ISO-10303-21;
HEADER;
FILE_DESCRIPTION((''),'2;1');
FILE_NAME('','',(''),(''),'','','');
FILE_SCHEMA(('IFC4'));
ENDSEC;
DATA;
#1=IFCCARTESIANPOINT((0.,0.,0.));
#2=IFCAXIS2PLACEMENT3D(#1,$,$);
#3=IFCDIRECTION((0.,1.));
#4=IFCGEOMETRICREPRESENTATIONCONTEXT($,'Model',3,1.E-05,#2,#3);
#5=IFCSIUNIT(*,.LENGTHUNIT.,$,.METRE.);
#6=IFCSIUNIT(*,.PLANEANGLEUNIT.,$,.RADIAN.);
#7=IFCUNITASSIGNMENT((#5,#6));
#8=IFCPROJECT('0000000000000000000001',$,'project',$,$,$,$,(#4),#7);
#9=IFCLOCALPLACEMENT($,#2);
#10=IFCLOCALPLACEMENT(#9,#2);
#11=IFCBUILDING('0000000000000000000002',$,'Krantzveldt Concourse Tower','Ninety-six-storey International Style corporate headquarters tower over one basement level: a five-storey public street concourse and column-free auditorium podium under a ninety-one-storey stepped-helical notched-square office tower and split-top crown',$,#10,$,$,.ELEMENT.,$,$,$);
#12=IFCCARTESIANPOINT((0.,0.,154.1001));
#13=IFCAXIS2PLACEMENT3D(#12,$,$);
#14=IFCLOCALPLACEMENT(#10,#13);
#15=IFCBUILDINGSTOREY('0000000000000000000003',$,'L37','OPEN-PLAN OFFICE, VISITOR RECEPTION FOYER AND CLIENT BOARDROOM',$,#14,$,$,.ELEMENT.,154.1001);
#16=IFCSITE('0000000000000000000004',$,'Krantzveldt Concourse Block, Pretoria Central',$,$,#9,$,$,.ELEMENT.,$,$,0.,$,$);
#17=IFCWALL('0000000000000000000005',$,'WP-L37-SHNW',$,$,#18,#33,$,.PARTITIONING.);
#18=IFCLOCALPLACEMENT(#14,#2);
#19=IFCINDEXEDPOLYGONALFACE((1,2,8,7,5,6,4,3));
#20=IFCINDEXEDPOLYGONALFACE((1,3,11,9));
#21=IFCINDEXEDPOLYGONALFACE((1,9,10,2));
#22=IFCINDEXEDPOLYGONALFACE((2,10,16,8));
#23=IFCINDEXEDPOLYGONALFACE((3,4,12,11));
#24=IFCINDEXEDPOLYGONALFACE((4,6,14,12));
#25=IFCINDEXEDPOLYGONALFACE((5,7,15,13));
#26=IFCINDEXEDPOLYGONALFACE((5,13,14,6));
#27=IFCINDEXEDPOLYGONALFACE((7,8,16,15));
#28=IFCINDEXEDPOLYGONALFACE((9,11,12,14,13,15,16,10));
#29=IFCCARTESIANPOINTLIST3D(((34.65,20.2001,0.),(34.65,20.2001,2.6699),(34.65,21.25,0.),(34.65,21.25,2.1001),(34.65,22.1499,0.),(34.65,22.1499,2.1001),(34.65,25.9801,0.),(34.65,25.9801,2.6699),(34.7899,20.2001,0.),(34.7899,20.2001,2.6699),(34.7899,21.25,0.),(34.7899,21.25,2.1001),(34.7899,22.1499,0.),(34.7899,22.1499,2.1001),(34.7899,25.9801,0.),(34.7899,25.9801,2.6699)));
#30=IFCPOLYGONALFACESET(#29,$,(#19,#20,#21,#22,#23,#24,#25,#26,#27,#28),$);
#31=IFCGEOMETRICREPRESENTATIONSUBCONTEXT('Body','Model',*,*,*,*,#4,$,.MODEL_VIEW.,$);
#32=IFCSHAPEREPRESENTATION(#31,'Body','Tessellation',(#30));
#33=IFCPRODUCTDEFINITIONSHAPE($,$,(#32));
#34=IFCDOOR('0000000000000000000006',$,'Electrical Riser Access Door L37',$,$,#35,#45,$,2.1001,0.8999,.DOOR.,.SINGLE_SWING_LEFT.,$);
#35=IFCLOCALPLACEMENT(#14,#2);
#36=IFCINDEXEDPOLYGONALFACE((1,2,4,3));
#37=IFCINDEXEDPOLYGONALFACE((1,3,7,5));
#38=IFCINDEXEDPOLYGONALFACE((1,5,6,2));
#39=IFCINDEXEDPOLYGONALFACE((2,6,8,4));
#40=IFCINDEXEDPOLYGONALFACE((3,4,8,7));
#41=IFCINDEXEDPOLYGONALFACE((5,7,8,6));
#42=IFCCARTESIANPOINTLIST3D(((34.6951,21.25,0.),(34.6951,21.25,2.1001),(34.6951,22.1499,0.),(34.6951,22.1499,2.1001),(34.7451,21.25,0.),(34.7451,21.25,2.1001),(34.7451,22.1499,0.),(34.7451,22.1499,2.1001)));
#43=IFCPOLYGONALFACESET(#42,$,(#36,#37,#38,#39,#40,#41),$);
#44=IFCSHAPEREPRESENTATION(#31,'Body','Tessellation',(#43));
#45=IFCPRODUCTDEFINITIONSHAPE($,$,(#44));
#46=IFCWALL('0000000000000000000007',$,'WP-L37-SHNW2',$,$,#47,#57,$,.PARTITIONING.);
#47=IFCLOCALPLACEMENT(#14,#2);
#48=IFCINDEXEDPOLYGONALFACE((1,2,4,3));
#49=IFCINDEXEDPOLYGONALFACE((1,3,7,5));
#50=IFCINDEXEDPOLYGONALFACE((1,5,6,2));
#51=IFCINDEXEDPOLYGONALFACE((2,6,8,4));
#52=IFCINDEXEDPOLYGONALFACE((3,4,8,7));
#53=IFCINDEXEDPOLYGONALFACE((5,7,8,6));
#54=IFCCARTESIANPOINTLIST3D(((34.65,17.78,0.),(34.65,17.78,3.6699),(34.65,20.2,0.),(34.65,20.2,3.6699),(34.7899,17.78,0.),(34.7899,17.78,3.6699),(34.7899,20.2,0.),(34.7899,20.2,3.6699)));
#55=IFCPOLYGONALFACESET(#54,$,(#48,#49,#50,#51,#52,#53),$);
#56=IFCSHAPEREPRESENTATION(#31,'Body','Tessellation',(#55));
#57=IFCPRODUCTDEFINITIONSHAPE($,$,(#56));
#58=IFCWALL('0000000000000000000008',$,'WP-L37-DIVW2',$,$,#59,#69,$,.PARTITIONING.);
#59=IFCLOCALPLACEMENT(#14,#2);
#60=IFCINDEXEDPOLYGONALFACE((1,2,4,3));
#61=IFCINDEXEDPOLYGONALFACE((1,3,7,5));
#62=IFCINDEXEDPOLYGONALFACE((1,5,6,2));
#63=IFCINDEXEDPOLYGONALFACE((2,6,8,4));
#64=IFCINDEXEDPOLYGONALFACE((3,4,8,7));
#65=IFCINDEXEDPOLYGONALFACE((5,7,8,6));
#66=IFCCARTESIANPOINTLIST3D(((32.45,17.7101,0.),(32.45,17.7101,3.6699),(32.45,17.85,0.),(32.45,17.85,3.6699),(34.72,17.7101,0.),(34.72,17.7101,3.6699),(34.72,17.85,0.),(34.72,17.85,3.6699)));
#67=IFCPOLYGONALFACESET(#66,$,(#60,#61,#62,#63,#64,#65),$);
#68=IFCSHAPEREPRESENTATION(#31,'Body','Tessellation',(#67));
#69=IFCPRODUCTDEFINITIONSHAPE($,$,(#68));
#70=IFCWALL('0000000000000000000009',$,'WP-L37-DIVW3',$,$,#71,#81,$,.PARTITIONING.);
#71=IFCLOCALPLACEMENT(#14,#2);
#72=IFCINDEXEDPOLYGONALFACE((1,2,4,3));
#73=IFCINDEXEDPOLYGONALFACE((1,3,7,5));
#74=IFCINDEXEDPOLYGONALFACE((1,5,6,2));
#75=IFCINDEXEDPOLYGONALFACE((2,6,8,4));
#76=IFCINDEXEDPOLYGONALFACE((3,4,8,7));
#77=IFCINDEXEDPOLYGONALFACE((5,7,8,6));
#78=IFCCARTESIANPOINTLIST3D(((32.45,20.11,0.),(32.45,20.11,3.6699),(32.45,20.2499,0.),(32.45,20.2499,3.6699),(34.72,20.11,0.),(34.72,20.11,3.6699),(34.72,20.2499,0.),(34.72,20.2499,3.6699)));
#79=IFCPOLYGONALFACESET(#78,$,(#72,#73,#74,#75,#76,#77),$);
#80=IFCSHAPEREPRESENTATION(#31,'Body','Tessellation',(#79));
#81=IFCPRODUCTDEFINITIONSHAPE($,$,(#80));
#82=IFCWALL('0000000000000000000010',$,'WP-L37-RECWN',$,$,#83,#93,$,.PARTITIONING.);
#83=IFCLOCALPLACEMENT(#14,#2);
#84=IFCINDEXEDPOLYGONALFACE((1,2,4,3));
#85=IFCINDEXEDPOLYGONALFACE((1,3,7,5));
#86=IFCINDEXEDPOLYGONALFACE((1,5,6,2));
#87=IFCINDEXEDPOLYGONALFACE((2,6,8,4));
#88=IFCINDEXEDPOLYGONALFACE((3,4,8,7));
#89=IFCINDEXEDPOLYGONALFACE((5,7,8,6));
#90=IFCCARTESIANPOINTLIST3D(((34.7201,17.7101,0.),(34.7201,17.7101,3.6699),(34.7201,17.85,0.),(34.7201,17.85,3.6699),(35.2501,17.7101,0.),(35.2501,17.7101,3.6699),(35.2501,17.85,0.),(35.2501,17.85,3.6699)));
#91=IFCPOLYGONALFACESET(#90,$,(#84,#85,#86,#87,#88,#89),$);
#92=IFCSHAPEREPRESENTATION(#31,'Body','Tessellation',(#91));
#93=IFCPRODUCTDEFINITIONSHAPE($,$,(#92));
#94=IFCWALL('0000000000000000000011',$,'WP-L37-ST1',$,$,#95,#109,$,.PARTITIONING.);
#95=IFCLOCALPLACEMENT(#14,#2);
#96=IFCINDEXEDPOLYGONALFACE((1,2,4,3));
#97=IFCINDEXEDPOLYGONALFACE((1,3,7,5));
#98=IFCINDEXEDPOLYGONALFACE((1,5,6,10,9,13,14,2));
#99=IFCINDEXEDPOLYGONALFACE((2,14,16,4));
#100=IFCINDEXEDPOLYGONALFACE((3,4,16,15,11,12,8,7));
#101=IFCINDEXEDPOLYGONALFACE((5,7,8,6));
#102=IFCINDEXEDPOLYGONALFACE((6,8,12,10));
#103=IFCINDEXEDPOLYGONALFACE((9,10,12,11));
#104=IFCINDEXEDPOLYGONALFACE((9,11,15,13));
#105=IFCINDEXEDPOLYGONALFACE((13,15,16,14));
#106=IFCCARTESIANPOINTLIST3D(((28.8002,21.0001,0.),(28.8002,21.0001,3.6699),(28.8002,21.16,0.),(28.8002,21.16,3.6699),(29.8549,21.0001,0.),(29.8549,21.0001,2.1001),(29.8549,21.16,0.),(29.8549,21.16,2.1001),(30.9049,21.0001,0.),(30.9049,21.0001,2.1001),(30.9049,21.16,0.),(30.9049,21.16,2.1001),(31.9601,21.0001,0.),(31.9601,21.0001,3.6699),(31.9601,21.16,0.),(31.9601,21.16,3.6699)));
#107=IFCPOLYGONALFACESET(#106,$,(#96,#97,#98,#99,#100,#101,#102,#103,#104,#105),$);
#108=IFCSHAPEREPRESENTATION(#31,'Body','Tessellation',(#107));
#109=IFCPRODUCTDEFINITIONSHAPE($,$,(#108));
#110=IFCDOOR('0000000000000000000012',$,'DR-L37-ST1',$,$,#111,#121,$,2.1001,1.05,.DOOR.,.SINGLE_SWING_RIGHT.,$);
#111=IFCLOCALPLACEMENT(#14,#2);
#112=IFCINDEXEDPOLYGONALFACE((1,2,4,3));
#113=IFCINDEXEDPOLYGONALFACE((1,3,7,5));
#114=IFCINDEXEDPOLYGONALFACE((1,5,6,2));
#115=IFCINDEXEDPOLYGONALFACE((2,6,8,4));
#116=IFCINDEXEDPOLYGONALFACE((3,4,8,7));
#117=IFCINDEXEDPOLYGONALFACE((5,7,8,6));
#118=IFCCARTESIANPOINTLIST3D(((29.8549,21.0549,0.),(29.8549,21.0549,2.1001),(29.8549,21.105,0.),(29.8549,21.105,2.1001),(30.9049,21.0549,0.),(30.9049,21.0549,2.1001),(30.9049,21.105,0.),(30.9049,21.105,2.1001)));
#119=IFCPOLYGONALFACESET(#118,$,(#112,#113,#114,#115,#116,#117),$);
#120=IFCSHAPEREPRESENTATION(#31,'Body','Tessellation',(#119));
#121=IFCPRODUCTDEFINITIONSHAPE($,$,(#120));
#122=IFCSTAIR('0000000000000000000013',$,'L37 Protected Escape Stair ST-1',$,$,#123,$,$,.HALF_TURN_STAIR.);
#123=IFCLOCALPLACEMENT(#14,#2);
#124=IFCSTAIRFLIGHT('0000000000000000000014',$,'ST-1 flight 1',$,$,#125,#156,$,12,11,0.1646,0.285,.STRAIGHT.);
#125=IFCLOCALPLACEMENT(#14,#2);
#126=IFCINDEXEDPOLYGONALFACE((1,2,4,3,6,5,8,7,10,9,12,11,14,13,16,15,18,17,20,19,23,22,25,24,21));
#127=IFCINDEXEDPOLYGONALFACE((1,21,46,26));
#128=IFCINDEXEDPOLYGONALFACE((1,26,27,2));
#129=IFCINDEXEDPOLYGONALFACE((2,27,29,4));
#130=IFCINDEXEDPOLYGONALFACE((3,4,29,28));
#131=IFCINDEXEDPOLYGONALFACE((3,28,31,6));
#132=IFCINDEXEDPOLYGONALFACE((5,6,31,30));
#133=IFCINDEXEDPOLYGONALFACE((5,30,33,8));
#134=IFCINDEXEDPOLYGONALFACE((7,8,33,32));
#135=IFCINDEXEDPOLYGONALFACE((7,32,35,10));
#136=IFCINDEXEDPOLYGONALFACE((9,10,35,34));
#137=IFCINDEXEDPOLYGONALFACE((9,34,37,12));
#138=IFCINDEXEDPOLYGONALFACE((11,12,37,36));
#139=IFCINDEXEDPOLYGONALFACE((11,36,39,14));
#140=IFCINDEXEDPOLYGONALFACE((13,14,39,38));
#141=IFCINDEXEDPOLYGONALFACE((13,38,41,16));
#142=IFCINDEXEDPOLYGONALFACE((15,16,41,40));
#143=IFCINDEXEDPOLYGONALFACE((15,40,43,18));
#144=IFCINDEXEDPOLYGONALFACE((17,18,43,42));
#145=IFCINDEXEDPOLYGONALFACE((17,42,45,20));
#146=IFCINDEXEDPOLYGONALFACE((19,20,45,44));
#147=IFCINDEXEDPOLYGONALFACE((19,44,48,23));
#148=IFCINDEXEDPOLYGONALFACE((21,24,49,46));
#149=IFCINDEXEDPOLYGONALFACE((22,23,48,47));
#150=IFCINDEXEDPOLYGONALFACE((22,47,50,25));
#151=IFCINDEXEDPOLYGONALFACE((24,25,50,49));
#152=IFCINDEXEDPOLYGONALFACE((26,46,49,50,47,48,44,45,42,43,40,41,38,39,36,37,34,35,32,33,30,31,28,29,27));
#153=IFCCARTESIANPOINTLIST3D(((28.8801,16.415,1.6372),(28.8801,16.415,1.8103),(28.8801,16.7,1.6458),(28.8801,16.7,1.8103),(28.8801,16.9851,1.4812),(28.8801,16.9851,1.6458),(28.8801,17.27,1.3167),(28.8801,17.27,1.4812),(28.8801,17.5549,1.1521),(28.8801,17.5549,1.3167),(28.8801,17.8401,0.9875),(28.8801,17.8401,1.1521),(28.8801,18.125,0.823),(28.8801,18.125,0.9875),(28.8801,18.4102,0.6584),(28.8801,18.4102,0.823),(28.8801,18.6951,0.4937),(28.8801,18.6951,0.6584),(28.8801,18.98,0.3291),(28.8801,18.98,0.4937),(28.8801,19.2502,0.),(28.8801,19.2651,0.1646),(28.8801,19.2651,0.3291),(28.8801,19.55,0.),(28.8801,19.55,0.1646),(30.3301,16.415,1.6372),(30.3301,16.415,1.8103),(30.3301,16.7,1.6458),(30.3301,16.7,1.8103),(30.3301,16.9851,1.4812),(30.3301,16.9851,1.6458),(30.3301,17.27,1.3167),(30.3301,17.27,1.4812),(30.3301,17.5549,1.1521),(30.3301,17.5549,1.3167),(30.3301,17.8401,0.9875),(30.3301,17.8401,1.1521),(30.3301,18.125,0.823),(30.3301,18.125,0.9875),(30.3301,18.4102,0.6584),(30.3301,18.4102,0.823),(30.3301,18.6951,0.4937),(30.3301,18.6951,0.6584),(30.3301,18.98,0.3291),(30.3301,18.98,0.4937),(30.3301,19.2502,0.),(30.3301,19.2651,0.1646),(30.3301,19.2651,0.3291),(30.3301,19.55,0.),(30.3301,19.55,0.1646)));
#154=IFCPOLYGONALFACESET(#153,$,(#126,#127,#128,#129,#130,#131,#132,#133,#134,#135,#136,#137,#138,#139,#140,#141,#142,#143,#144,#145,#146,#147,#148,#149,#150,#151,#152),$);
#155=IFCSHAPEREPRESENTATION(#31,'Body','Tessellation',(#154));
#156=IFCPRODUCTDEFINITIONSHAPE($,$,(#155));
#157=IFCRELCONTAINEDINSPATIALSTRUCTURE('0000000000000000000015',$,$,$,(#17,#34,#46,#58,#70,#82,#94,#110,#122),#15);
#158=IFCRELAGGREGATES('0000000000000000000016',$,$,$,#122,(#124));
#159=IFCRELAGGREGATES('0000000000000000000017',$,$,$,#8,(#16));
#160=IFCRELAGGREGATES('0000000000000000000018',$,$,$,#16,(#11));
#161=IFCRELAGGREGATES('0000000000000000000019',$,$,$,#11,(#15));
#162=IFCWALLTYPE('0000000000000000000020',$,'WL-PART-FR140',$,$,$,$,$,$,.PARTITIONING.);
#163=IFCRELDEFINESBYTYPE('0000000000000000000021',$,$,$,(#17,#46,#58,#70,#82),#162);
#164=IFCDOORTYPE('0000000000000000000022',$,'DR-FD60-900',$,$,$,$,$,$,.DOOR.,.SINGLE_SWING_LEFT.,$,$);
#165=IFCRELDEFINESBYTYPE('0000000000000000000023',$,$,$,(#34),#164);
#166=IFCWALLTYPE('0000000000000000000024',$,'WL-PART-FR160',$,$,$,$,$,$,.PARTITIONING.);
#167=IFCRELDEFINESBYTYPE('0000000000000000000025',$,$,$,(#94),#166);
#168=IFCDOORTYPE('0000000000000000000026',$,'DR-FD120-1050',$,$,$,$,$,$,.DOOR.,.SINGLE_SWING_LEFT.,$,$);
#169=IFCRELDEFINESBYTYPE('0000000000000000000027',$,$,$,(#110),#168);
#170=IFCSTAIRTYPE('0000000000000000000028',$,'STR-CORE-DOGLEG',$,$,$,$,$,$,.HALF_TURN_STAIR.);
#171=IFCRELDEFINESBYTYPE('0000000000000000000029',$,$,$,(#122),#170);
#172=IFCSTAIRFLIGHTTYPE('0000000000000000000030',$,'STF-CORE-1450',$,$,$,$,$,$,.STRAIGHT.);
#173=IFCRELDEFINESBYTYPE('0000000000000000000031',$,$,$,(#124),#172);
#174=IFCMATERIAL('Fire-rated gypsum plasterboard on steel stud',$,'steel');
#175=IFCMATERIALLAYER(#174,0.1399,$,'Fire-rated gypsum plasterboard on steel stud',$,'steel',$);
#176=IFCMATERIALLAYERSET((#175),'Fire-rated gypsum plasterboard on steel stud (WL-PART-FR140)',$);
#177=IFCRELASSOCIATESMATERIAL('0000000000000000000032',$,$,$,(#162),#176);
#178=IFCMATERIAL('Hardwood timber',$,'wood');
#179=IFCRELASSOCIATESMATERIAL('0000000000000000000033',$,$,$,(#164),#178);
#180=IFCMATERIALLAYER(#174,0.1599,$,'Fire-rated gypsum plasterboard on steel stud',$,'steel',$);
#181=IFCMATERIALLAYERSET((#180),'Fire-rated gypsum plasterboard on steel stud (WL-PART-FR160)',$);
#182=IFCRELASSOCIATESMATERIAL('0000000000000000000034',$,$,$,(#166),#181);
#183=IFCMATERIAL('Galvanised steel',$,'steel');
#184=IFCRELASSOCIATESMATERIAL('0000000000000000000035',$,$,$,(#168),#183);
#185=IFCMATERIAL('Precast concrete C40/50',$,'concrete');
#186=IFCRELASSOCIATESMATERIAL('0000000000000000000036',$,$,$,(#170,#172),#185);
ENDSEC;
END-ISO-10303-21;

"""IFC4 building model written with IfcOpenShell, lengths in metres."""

from ifc_helpers import new_model, si_unit, direction, frame, frame_2d, origin, place, context, subcontext, project, spatial, polyline, rectangle, outline, extrude, material, layer, layer_set, type_object, element, fill, aggregate, save


model = new_model("IFC4")

# Units and contexts
model_context = context("Model", 3, precision=1e-05, world=origin(), true_north=direction((0.0, 1.0)))
body_context = subcontext(model_context, "Body", "Model", "MODEL_VIEW")
ifc_project = project(units=[si_unit("LENGTHUNIT", "METRE"), si_unit("PLANEANGLEUNIT", "RADIAN")], contexts=[model_context])

# Site, building, storey
site_placement = place(None, origin())
site = spatial("IfcSite", under=ifc_project, at=site_placement, Name="Krantzveldt Concourse Block, Pretoria Central", CompositionType="ELEMENT", RefElevation=0.0)
building_placement = place(site_placement, origin())
building = spatial("IfcBuilding", under=site, at=building_placement, Name="Krantzveldt Concourse Tower", Description="Ninety-six-storey International Style corporate headquarters tower over one basement level: a five-storey public street concourse and column-free auditorium podium under a ninety-one-storey stepped-helical notched-square office tower and split-top crown", CompositionType="ELEMENT")
storey_placement = place(building_placement, frame((0.0, 0.0, 154.1001)))
storey = spatial("IfcBuildingStorey", under=building, at=storey_placement, Name="L37", Description="OPEN-PLAN OFFICE, VISITOR RECEPTION FOYER AND CLIENT BOARDROOM", CompositionType="ELEMENT", Elevation=154.1001)

# Wall, opening, door
ifc_material_1 = material(Name="Fire-rated gypsum plasterboard on steel stud", Category="steel")
ifc_layer_1 = layer(ifc_material_1, 0.1399, Name="Fire-rated gypsum plasterboard on steel stud", Category="steel")
ifc_layer_set_1 = layer_set([ifc_layer_1], Name="Fire-rated gypsum plasterboard on steel stud (WL-PART-FR140)")
wall_type_1 = type_object("IfcWallType", Name="WL-PART-FR140", PredefinedType="PARTITIONING", material=ifc_layer_set_1)
wall_1_placement = place(storey_placement, frame((34.72, 20.2, 0.0), z_axis=(0.0, 0.0, 1.0), x_axis=(0.0, 1.0, 0.0)))
wall_1 = element("IfcWall", 1, at=wall_1_placement, inside=storey, type_object=wall_type_1, Name="WP-L37-SHNW", PredefinedType="PARTITIONING", context=body_context, shape_type="SweptSolid", body=[
    extrude(rectangle(XDim=5.78, YDim=0.1399, at=frame_2d((2.8901, 0.0))), origin(), (0.0, 0.0, 1.0), 2.6699),
])
opening_1_placement = place(wall_1_placement, frame((1.05, 0.0, 0.0)))
opening_1 = element("IfcOpeningElement", 2, at=opening_1_placement, cuts=wall_1, PredefinedType="OPENING", context=body_context, shape_type="SweptSolid", body=[
    extrude(rectangle(XDim=0.8999, YDim=2.1001, at=frame_2d((0.45, 1.05))), frame((0.0, 0.0801, 0.0), z_axis=(0.0, -1.0, 0.0), x_axis=(1.0, 0.0, 0.0)), (0.0, 0.0, 1.0), 0.1599),
])
ifc_material_2 = material(Name="Hardwood timber", Category="wood")
door_type_1 = type_object("IfcDoorType", Name="DR-FD60-900", OperationType="SINGLE_SWING_LEFT", PredefinedType="DOOR", material=ifc_material_2)
door_1_placement = place(opening_1_placement, origin())
door_1 = element("IfcDoor", 3, at=door_1_placement, inside=storey, type_object=door_type_1, Name="Electrical Riser Access Door L37", OperationType="SINGLE_SWING_LEFT", OverallHeight=2.1001, OverallWidth=0.8999, PredefinedType="DOOR", context=body_context, shape_type="SweptSolid", body=[
    extrude(rectangle(XDim=0.8999, YDim=2.1001, at=frame_2d((0.45, 1.05))), frame((0.0, 0.0249, 0.0), z_axis=(0.0, -1.0, 0.0), x_axis=(1.0, 0.0, 0.0)), (0.0, 0.0, 1.0), 0.05),
])
fill(opening_1, door_1)

# Walls
wall_2_placement = place(storey_placement, frame((34.72, 17.78, 0.0), z_axis=(0.0, 0.0, 1.0), x_axis=(0.0, 1.0, 0.0)))
element("IfcWall", 4, at=wall_2_placement, inside=storey, type_object=wall_type_1, Name="WP-L37-SHNW2", PredefinedType="PARTITIONING", context=body_context, shape_type="SweptSolid", body=[
    extrude(rectangle(XDim=2.4199, YDim=0.1399, at=frame_2d((1.21, 0.0))), origin(), (0.0, 0.0, 1.0), 3.6699),
])
for number, where, z_axis, x_axis, name in (
    (5, (32.45, 17.78, 0.0), (0.0, 0.0, 1.0), (1.0, 0.0, 0.0), "WP-L37-DIVW2"),
    (6, (32.45, 20.1799, 0.0), (0.0, 0.0, 1.0), (1.0, 0.0, 0.0), "WP-L37-DIVW3"),
):
    element("IfcWall", number, at=place(storey_placement, frame(where, z_axis=z_axis, x_axis=x_axis)), inside=storey, type_object=wall_type_1, Name=name, PredefinedType="PARTITIONING", context=body_context, shape_type="SweptSolid", body=[
        extrude(rectangle(XDim=2.27, YDim=0.1399, at=frame_2d((1.135, 0.0))), origin(), (0.0, 0.0, 1.0), 3.6699),
    ])
wall_3_placement = place(storey_placement, frame((34.72, 17.78, 0.0), z_axis=(0.0, 0.0, 1.0), x_axis=(1.0, 0.0, 0.0)))
element("IfcWall", 7, at=wall_3_placement, inside=storey, type_object=wall_type_1, Name="WP-L37-RECWN", PredefinedType="PARTITIONING", context=body_context, shape_type="SweptSolid", body=[
    extrude(rectangle(XDim=0.53, YDim=0.1399, at=frame_2d((0.2651, 0.0))), origin(), (0.0, 0.0, 1.0), 3.6699),
])

# Wall, opening, door
ifc_layer_2 = layer(ifc_material_1, 0.1599, Name="Fire-rated gypsum plasterboard on steel stud", Category="steel")
ifc_layer_set_2 = layer_set([ifc_layer_2], Name="Fire-rated gypsum plasterboard on steel stud (WL-PART-FR160)")
wall_type_2 = type_object("IfcWallType", Name="WL-PART-FR160", PredefinedType="PARTITIONING", material=ifc_layer_set_2)
wall_4_placement = place(storey_placement, frame((28.8, 21.0801, 0.0), z_axis=(0.0, 0.0, 1.0), x_axis=(1.0, 0.0, 0.0)))
wall_4 = element("IfcWall", 8, at=wall_4_placement, inside=storey, type_object=wall_type_2, Name="WP-L37-ST1", PredefinedType="PARTITIONING", context=body_context, shape_type="SweptSolid", body=[
    extrude(rectangle(XDim=3.1599, YDim=0.1599, at=frame_2d((1.5801, 0.0))), origin(), (0.0, 0.0, 1.0), 3.6699),
])
opening_2_placement = place(wall_4_placement, frame((1.0549, 0.0, 0.0)))
opening_2 = element("IfcOpeningElement", 9, at=opening_2_placement, cuts=wall_4, PredefinedType="OPENING", context=body_context, shape_type="SweptSolid", body=[
    extrude(rectangle(XDim=1.05, YDim=2.1001, at=frame_2d((0.5249, 1.05))), frame((0.0, 0.0898, 0.0), z_axis=(0.0, -1.0, 0.0), x_axis=(1.0, 0.0, 0.0)), (0.0, 0.0, 1.0), 0.1799),
])
ifc_material_3 = material(Name="Galvanised steel", Category="steel")
door_type_2 = type_object("IfcDoorType", Name="DR-FD120-1050", OperationType="SINGLE_SWING_LEFT", PredefinedType="DOOR", material=ifc_material_3)
door_2_placement = place(opening_2_placement, origin())
door_2 = element("IfcDoor", 10, at=door_2_placement, inside=storey, type_object=door_type_2, Name="DR-L37-ST1", OperationType="SINGLE_SWING_RIGHT", OverallHeight=2.1001, OverallWidth=1.05, PredefinedType="DOOR", context=body_context, shape_type="SweptSolid", body=[
    extrude(rectangle(XDim=1.05, YDim=2.1001, at=frame_2d((0.5249, 1.05))), frame((0.0, 0.0249, 0.0), z_axis=(0.0, -1.0, 0.0), x_axis=(1.0, 0.0, 0.0)), (0.0, 0.0, 1.0), 0.05),
])
fill(opening_2, door_2)

# Stair, stair flight
ifc_material_4 = material(Name="Precast concrete C40/50", Category="concrete")
stair_type = type_object("IfcStairType", Name="STR-CORE-DOGLEG", PredefinedType="HALF_TURN_STAIR", material=ifc_material_4)
stair_placement = place(storey_placement, origin())
stair = element("IfcStair", 11, at=stair_placement, inside=storey, type_object=stair_type, Name="L37 Protected Escape Stair ST-1", PredefinedType="HALF_TURN_STAIR")
stair_flight_type = type_object("IfcStairFlightType", Name="STF-CORE-1450", PredefinedType="STRAIGHT", material=ifc_material_4)
stair_flight_1_placement = place(storey_placement, frame((29.605, 19.55, 0.0), z_axis=(0.0, 0.0, 1.0), x_axis=(0.0, -1.0, 0.0)))
stair_flight_1 = element("IfcStairFlight", 12, at=stair_flight_1_placement, type_object=stair_flight_type, Name="ST-1 flight 1", NumberOfRisers=12, NumberOfTreads=11, PredefinedType="STRAIGHT", RiserHeight=0.1646, TreadLength=0.285, context=body_context, shape_type="SweptSolid", body=[
    extrude(outline(polyline([(0.0, 0.0), (0.0, 0.1646), (0.2849, 0.1646), (0.2849, 0.3291), (0.5701, 0.3291), (0.5701, 0.4937), (0.855, 0.4937), (0.855, 0.6584), (1.1399, 0.6584), (1.1399, 0.823), (1.425, 0.823), (1.425, 0.9875), (1.71, 0.9875), (1.71, 1.1521), (1.9951, 1.1521), (1.9951, 1.3167), (2.28, 1.3167), (2.28, 1.4812), (2.5649, 1.4812), (2.5649, 1.6458), (2.8501, 1.6458), (2.8501, 1.8103), (3.135, 1.8103), (3.135, 1.9751), (3.135, 1.6372), (0.2998, 0.0), (0.0, 0.0)])), frame((0.0, 0.7251, 0.0), z_axis=(0.0, -1.0, 0.0), x_axis=(1.0, 0.0, 0.0)), (0.0, 0.0, 1.0), 1.45),
])
aggregate(stair, [stair_flight_1])

save(model, "model.ifc")
